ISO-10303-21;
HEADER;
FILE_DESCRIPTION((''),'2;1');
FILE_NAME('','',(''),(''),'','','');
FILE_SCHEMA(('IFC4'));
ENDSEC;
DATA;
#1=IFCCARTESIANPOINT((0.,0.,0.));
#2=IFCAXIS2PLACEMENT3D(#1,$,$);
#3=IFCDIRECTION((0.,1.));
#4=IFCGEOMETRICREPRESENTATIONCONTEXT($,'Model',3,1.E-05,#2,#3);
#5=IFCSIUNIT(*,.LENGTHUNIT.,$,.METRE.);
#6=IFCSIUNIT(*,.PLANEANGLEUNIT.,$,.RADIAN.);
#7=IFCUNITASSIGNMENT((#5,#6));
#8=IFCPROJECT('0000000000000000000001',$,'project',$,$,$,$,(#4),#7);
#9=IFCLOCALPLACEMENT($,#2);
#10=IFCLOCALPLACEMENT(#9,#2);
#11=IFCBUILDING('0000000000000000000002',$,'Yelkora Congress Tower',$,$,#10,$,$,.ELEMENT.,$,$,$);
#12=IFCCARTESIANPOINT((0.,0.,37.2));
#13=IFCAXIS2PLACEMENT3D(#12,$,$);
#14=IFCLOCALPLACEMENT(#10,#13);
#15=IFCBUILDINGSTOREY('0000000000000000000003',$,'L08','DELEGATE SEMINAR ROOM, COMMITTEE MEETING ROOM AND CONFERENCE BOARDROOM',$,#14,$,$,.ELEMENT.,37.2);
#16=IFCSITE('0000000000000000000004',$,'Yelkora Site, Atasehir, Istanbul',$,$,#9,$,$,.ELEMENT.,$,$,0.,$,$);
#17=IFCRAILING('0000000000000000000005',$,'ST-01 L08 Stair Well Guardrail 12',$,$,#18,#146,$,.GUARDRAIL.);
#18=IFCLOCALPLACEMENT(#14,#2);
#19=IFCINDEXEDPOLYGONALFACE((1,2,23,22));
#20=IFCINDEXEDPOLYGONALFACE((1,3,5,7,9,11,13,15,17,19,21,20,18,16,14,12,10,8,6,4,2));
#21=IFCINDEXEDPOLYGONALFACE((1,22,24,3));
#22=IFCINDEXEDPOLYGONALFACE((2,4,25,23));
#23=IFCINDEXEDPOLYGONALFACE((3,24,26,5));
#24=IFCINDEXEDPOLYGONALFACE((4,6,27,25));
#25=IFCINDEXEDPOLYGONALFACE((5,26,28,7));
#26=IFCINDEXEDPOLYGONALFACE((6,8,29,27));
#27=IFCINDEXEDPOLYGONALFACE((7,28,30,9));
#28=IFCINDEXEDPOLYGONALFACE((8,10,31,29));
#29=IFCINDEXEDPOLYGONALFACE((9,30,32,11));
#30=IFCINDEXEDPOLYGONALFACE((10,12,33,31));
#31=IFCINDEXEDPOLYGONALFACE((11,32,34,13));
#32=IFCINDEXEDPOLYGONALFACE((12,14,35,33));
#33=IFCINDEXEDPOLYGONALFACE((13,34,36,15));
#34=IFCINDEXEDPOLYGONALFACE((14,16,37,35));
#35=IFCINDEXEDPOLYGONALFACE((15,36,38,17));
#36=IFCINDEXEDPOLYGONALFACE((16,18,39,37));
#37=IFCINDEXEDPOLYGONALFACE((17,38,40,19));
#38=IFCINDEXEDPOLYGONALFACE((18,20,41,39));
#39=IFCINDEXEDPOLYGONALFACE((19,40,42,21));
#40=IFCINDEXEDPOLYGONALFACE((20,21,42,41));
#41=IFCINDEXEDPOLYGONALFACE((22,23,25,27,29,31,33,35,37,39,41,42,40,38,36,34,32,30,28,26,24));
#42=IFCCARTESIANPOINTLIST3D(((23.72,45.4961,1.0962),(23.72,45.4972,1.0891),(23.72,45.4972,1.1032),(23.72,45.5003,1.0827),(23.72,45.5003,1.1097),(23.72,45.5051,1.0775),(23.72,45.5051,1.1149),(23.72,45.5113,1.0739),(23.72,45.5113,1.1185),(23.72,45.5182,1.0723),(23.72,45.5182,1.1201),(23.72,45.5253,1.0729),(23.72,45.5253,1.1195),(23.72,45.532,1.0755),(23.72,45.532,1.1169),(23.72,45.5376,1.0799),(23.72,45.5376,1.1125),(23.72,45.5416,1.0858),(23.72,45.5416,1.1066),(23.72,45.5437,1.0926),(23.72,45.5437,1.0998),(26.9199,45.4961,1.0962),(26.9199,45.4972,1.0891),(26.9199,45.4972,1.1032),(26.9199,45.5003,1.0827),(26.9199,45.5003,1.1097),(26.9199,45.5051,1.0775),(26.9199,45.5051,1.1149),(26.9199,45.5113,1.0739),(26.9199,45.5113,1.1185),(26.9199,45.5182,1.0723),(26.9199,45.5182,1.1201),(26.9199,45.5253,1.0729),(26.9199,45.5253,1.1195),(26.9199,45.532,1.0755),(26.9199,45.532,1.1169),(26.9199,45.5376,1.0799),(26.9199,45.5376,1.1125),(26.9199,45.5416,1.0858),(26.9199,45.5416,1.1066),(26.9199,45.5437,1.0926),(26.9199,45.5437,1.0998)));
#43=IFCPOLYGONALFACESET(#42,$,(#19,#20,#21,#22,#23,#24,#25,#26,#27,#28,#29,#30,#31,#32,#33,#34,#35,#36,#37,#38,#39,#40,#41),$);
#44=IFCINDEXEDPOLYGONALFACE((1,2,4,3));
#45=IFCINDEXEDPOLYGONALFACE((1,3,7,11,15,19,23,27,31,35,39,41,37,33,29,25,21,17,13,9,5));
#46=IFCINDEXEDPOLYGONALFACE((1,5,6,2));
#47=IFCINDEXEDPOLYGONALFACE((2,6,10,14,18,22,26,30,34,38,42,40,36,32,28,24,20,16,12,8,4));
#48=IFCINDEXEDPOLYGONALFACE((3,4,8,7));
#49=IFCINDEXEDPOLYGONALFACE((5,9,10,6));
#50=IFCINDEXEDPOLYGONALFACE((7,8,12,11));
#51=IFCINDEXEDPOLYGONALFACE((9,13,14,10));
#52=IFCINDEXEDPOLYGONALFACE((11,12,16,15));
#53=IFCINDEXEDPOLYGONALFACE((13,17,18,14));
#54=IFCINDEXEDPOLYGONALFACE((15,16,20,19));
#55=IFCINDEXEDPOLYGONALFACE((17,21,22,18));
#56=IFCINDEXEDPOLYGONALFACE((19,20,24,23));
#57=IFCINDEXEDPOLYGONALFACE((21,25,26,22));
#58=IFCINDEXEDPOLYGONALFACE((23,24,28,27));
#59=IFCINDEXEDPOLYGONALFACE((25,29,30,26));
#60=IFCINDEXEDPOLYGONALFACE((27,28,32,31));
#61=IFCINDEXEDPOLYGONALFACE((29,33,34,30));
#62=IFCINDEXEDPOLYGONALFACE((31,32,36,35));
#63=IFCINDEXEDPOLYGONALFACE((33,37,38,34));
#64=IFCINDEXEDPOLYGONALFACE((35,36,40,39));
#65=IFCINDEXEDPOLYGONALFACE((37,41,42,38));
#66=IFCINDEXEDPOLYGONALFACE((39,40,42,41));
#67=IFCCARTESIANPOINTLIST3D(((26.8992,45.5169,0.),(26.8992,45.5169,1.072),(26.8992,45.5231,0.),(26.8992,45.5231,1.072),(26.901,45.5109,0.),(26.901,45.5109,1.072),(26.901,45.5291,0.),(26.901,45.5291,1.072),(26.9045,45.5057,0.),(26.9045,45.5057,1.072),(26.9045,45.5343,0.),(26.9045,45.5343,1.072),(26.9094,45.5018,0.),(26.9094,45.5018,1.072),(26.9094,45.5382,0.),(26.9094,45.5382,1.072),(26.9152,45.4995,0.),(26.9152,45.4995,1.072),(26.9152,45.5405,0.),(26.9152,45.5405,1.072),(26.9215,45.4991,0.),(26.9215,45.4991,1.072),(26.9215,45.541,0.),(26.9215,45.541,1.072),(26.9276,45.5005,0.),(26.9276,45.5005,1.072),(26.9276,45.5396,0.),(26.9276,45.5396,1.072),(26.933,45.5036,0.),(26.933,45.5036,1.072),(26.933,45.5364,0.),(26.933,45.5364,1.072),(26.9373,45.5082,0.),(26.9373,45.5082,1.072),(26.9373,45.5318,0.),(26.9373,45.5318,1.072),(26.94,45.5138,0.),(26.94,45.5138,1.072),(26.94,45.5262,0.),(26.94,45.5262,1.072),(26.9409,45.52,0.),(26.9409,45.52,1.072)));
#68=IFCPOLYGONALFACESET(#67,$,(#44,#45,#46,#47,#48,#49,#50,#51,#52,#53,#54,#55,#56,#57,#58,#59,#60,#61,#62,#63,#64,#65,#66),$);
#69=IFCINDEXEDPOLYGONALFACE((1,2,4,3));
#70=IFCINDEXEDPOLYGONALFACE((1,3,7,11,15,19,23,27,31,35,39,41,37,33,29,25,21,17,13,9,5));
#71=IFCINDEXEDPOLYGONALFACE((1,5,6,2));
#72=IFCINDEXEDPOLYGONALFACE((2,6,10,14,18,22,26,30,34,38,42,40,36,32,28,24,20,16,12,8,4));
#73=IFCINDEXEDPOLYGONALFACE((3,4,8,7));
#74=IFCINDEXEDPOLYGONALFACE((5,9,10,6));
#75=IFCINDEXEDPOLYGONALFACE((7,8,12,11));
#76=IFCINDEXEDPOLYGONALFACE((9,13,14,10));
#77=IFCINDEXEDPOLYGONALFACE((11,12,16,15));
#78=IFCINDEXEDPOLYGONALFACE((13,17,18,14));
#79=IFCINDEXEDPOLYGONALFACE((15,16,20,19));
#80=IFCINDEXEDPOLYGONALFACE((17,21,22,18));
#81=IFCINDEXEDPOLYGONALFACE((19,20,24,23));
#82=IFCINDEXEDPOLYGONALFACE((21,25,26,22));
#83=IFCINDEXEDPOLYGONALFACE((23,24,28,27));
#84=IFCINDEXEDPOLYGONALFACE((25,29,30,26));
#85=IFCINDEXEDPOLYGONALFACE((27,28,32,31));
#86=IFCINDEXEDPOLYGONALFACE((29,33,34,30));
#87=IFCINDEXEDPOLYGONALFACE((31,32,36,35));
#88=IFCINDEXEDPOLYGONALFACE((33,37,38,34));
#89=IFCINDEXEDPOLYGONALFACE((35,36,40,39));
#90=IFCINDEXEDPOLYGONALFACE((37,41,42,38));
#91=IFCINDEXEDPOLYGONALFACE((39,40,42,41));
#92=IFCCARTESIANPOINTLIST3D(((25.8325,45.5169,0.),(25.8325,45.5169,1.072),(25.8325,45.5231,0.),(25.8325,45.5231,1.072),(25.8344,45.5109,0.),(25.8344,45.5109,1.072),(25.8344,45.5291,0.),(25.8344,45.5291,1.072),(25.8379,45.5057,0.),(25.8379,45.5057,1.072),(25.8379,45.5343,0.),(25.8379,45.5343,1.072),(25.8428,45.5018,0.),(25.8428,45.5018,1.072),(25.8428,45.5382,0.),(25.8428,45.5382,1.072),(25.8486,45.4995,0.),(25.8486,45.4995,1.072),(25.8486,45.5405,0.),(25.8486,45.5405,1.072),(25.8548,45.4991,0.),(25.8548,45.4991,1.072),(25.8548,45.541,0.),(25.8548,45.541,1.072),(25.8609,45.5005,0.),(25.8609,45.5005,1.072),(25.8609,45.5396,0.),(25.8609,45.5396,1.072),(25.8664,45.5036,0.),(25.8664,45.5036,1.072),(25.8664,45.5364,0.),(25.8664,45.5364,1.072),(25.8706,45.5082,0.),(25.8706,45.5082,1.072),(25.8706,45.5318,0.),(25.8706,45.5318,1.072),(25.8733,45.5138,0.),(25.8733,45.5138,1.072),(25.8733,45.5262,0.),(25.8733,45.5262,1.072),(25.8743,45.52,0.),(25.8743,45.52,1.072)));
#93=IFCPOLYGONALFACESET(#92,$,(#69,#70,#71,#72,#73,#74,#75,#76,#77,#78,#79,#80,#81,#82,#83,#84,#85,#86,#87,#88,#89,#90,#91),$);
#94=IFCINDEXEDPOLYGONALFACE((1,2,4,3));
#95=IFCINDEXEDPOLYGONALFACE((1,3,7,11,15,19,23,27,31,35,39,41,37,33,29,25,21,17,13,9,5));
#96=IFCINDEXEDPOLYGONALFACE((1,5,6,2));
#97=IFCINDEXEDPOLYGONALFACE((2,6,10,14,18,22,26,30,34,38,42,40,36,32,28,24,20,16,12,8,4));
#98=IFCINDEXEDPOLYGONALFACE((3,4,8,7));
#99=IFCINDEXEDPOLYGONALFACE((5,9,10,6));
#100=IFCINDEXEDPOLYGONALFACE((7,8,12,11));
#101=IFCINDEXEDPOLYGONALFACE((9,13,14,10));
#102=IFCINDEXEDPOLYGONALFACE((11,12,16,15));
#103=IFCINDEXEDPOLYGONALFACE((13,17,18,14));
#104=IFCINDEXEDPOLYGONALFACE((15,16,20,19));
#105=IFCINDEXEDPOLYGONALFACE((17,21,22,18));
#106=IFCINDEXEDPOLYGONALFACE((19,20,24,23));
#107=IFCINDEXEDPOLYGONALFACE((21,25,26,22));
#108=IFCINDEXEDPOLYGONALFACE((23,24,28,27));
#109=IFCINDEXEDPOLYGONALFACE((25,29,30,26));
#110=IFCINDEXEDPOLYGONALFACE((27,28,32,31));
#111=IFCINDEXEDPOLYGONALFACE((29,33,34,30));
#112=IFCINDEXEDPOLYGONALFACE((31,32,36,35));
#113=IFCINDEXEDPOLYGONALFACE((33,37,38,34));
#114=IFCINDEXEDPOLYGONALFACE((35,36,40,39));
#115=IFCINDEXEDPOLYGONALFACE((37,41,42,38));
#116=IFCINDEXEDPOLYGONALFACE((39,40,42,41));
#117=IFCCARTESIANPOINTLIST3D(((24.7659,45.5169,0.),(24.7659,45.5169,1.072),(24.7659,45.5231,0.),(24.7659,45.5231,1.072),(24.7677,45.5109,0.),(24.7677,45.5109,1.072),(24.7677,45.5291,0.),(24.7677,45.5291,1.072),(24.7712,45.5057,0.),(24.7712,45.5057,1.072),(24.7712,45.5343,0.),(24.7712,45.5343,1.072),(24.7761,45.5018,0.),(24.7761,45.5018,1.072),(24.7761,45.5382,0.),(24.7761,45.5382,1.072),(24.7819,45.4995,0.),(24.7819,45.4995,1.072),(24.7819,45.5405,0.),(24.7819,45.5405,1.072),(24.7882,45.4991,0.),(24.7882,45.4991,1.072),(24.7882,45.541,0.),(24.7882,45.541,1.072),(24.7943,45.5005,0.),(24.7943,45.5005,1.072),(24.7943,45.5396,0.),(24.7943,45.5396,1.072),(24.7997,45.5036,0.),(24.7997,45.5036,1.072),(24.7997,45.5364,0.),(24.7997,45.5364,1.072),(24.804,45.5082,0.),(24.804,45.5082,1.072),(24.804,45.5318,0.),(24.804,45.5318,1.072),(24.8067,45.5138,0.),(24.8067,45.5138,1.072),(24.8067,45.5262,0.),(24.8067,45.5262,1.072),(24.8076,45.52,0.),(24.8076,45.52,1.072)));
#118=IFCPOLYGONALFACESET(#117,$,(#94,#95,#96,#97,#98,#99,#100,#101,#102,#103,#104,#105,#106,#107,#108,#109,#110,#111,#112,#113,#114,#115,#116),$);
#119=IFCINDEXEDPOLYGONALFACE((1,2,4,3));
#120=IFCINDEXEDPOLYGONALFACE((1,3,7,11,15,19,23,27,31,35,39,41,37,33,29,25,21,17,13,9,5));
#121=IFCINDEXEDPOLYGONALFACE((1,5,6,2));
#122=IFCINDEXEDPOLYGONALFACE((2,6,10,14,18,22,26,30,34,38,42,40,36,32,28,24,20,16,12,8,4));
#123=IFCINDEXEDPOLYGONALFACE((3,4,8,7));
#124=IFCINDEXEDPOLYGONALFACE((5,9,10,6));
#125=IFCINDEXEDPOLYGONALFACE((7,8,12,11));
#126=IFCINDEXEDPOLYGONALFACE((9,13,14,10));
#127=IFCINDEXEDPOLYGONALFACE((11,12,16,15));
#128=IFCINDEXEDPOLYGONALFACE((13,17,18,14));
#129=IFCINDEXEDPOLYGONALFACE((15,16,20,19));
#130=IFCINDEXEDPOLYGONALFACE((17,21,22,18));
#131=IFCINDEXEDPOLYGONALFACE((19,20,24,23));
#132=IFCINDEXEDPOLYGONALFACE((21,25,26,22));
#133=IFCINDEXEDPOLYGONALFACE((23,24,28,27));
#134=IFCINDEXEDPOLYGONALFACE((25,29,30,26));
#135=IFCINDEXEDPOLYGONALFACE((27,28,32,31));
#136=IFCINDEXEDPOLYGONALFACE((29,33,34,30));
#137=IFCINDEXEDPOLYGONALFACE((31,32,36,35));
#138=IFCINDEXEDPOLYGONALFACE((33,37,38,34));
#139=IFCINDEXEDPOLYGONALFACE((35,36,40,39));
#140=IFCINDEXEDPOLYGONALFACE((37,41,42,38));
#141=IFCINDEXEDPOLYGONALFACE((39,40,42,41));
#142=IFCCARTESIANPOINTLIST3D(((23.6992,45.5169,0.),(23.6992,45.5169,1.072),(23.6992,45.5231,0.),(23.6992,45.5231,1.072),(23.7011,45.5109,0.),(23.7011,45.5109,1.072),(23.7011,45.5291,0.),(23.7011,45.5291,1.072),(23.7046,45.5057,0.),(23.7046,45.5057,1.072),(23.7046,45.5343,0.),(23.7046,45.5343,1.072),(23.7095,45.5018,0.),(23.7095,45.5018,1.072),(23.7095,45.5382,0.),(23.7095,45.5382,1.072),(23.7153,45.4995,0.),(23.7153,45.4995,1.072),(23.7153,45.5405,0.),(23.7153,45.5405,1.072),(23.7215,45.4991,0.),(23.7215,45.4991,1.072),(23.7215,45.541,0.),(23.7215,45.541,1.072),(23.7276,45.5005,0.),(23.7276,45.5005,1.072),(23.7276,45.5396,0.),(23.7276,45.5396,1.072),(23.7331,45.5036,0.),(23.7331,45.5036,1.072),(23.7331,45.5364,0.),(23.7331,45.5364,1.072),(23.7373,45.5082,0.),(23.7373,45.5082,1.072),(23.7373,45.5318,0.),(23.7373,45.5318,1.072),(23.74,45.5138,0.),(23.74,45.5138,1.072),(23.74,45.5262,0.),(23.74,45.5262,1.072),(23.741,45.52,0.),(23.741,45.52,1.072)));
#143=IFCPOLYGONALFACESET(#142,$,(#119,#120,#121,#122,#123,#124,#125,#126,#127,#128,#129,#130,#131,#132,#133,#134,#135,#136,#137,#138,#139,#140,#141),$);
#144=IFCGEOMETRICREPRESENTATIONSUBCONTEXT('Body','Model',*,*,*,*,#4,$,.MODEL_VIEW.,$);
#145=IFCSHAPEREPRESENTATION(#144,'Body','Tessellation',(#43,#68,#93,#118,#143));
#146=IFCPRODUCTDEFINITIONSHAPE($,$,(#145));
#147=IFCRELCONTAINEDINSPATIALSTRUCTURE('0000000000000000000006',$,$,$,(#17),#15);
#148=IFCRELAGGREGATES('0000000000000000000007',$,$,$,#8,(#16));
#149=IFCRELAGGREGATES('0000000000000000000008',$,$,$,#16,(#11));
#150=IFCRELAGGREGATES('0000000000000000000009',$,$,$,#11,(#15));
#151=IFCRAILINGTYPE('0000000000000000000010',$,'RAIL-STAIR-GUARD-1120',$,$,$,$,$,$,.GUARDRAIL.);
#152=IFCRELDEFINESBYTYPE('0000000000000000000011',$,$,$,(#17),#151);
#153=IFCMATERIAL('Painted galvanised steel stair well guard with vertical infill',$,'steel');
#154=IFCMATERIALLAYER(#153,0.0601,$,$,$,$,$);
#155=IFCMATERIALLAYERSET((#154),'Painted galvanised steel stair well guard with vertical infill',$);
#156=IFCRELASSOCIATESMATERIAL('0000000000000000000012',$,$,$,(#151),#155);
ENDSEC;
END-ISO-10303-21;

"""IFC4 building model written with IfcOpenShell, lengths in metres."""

from ifc_helpers import new_model, si_unit, direction, frame, origin, origin_2d, place, context, subcontext, project, spatial, circle, extrude, material, layer, layer_set, type_object, element, save


model = new_model("IFC4")

# Units and contexts
model_context = context("Model", 3, precision=1e-05, world=origin(), true_north=direction((0.0, 1.0)))
body_context = subcontext(model_context, "Body", "Model", "MODEL_VIEW")
ifc_project = project(units=[si_unit("LENGTHUNIT", "METRE"), si_unit("PLANEANGLEUNIT", "RADIAN")], contexts=[model_context])

# Site, building, storey
site_placement = place(None, origin())
site = spatial("IfcSite", under=ifc_project, at=site_placement, Name="Yelkora Site, Atasehir, Istanbul", CompositionType="ELEMENT", RefElevation=0.0)
building_placement = place(site_placement, origin())
building = spatial("IfcBuilding", under=site, at=building_placement, Name="Yelkora Congress Tower", CompositionType="ELEMENT")
storey_placement = place(building_placement, frame((0.0, 0.0, 37.2)))
storey = spatial("IfcBuildingStorey", under=building, at=storey_placement, Name="L08", Description="DELEGATE SEMINAR ROOM, COMMITTEE MEETING ROOM AND CONFERENCE BOARDROOM", CompositionType="ELEMENT", Elevation=37.2)

# Railing
ifc_material_1 = material(Name="Painted galvanised steel stair well guard with vertical infill", Category="steel")
ifc_layer_1 = layer(ifc_material_1, 0.0601)
ifc_layer_set_1 = layer_set([ifc_layer_1], Name="Painted galvanised steel stair well guard with vertical infill")
railing_type_1 = type_object("IfcRailingType", Name="RAIL-STAIR-GUARD-1120", PredefinedType="GUARDRAIL", material=ifc_layer_set_1)
railing_1_placement = place(storey_placement, frame((26.9199, 45.52, 0.0)))
element("IfcRailing", 1, at=railing_1_placement, inside=storey, type_object=railing_type_1, Name="ST-01 L08 Stair Well Guardrail 12", PredefinedType="GUARDRAIL", context=body_context, shape_type="SweptSolid", body=[
    extrude(circle(Radius=0.0239, at=origin_2d()), frame((0.0, 0.0, 1.0962), z_axis=(-1.0, 0.0, 0.0), x_axis=(0.0, -1.0, 0.0)), (0.0, 0.0, 1.0), 3.2),
    extrude(circle(Radius=0.021, at=origin_2d()), origin(), (0.0, 0.0, 1.0), 1.072),
    extrude(circle(Radius=0.021, at=origin_2d()), frame((-1.0667, 0.0, 0.0)), (0.0, 0.0, 1.0), 1.072),
    extrude(circle(Radius=0.021, at=origin_2d()), frame((-2.1333, 0.0, 0.0)), (0.0, 0.0, 1.0), 1.072),
    extrude(circle(Radius=0.021, at=origin_2d()), frame((-3.2, 0.0, 0.0)), (0.0, 0.0, 1.0), 1.072),
])

save(model, "model.ifc")
